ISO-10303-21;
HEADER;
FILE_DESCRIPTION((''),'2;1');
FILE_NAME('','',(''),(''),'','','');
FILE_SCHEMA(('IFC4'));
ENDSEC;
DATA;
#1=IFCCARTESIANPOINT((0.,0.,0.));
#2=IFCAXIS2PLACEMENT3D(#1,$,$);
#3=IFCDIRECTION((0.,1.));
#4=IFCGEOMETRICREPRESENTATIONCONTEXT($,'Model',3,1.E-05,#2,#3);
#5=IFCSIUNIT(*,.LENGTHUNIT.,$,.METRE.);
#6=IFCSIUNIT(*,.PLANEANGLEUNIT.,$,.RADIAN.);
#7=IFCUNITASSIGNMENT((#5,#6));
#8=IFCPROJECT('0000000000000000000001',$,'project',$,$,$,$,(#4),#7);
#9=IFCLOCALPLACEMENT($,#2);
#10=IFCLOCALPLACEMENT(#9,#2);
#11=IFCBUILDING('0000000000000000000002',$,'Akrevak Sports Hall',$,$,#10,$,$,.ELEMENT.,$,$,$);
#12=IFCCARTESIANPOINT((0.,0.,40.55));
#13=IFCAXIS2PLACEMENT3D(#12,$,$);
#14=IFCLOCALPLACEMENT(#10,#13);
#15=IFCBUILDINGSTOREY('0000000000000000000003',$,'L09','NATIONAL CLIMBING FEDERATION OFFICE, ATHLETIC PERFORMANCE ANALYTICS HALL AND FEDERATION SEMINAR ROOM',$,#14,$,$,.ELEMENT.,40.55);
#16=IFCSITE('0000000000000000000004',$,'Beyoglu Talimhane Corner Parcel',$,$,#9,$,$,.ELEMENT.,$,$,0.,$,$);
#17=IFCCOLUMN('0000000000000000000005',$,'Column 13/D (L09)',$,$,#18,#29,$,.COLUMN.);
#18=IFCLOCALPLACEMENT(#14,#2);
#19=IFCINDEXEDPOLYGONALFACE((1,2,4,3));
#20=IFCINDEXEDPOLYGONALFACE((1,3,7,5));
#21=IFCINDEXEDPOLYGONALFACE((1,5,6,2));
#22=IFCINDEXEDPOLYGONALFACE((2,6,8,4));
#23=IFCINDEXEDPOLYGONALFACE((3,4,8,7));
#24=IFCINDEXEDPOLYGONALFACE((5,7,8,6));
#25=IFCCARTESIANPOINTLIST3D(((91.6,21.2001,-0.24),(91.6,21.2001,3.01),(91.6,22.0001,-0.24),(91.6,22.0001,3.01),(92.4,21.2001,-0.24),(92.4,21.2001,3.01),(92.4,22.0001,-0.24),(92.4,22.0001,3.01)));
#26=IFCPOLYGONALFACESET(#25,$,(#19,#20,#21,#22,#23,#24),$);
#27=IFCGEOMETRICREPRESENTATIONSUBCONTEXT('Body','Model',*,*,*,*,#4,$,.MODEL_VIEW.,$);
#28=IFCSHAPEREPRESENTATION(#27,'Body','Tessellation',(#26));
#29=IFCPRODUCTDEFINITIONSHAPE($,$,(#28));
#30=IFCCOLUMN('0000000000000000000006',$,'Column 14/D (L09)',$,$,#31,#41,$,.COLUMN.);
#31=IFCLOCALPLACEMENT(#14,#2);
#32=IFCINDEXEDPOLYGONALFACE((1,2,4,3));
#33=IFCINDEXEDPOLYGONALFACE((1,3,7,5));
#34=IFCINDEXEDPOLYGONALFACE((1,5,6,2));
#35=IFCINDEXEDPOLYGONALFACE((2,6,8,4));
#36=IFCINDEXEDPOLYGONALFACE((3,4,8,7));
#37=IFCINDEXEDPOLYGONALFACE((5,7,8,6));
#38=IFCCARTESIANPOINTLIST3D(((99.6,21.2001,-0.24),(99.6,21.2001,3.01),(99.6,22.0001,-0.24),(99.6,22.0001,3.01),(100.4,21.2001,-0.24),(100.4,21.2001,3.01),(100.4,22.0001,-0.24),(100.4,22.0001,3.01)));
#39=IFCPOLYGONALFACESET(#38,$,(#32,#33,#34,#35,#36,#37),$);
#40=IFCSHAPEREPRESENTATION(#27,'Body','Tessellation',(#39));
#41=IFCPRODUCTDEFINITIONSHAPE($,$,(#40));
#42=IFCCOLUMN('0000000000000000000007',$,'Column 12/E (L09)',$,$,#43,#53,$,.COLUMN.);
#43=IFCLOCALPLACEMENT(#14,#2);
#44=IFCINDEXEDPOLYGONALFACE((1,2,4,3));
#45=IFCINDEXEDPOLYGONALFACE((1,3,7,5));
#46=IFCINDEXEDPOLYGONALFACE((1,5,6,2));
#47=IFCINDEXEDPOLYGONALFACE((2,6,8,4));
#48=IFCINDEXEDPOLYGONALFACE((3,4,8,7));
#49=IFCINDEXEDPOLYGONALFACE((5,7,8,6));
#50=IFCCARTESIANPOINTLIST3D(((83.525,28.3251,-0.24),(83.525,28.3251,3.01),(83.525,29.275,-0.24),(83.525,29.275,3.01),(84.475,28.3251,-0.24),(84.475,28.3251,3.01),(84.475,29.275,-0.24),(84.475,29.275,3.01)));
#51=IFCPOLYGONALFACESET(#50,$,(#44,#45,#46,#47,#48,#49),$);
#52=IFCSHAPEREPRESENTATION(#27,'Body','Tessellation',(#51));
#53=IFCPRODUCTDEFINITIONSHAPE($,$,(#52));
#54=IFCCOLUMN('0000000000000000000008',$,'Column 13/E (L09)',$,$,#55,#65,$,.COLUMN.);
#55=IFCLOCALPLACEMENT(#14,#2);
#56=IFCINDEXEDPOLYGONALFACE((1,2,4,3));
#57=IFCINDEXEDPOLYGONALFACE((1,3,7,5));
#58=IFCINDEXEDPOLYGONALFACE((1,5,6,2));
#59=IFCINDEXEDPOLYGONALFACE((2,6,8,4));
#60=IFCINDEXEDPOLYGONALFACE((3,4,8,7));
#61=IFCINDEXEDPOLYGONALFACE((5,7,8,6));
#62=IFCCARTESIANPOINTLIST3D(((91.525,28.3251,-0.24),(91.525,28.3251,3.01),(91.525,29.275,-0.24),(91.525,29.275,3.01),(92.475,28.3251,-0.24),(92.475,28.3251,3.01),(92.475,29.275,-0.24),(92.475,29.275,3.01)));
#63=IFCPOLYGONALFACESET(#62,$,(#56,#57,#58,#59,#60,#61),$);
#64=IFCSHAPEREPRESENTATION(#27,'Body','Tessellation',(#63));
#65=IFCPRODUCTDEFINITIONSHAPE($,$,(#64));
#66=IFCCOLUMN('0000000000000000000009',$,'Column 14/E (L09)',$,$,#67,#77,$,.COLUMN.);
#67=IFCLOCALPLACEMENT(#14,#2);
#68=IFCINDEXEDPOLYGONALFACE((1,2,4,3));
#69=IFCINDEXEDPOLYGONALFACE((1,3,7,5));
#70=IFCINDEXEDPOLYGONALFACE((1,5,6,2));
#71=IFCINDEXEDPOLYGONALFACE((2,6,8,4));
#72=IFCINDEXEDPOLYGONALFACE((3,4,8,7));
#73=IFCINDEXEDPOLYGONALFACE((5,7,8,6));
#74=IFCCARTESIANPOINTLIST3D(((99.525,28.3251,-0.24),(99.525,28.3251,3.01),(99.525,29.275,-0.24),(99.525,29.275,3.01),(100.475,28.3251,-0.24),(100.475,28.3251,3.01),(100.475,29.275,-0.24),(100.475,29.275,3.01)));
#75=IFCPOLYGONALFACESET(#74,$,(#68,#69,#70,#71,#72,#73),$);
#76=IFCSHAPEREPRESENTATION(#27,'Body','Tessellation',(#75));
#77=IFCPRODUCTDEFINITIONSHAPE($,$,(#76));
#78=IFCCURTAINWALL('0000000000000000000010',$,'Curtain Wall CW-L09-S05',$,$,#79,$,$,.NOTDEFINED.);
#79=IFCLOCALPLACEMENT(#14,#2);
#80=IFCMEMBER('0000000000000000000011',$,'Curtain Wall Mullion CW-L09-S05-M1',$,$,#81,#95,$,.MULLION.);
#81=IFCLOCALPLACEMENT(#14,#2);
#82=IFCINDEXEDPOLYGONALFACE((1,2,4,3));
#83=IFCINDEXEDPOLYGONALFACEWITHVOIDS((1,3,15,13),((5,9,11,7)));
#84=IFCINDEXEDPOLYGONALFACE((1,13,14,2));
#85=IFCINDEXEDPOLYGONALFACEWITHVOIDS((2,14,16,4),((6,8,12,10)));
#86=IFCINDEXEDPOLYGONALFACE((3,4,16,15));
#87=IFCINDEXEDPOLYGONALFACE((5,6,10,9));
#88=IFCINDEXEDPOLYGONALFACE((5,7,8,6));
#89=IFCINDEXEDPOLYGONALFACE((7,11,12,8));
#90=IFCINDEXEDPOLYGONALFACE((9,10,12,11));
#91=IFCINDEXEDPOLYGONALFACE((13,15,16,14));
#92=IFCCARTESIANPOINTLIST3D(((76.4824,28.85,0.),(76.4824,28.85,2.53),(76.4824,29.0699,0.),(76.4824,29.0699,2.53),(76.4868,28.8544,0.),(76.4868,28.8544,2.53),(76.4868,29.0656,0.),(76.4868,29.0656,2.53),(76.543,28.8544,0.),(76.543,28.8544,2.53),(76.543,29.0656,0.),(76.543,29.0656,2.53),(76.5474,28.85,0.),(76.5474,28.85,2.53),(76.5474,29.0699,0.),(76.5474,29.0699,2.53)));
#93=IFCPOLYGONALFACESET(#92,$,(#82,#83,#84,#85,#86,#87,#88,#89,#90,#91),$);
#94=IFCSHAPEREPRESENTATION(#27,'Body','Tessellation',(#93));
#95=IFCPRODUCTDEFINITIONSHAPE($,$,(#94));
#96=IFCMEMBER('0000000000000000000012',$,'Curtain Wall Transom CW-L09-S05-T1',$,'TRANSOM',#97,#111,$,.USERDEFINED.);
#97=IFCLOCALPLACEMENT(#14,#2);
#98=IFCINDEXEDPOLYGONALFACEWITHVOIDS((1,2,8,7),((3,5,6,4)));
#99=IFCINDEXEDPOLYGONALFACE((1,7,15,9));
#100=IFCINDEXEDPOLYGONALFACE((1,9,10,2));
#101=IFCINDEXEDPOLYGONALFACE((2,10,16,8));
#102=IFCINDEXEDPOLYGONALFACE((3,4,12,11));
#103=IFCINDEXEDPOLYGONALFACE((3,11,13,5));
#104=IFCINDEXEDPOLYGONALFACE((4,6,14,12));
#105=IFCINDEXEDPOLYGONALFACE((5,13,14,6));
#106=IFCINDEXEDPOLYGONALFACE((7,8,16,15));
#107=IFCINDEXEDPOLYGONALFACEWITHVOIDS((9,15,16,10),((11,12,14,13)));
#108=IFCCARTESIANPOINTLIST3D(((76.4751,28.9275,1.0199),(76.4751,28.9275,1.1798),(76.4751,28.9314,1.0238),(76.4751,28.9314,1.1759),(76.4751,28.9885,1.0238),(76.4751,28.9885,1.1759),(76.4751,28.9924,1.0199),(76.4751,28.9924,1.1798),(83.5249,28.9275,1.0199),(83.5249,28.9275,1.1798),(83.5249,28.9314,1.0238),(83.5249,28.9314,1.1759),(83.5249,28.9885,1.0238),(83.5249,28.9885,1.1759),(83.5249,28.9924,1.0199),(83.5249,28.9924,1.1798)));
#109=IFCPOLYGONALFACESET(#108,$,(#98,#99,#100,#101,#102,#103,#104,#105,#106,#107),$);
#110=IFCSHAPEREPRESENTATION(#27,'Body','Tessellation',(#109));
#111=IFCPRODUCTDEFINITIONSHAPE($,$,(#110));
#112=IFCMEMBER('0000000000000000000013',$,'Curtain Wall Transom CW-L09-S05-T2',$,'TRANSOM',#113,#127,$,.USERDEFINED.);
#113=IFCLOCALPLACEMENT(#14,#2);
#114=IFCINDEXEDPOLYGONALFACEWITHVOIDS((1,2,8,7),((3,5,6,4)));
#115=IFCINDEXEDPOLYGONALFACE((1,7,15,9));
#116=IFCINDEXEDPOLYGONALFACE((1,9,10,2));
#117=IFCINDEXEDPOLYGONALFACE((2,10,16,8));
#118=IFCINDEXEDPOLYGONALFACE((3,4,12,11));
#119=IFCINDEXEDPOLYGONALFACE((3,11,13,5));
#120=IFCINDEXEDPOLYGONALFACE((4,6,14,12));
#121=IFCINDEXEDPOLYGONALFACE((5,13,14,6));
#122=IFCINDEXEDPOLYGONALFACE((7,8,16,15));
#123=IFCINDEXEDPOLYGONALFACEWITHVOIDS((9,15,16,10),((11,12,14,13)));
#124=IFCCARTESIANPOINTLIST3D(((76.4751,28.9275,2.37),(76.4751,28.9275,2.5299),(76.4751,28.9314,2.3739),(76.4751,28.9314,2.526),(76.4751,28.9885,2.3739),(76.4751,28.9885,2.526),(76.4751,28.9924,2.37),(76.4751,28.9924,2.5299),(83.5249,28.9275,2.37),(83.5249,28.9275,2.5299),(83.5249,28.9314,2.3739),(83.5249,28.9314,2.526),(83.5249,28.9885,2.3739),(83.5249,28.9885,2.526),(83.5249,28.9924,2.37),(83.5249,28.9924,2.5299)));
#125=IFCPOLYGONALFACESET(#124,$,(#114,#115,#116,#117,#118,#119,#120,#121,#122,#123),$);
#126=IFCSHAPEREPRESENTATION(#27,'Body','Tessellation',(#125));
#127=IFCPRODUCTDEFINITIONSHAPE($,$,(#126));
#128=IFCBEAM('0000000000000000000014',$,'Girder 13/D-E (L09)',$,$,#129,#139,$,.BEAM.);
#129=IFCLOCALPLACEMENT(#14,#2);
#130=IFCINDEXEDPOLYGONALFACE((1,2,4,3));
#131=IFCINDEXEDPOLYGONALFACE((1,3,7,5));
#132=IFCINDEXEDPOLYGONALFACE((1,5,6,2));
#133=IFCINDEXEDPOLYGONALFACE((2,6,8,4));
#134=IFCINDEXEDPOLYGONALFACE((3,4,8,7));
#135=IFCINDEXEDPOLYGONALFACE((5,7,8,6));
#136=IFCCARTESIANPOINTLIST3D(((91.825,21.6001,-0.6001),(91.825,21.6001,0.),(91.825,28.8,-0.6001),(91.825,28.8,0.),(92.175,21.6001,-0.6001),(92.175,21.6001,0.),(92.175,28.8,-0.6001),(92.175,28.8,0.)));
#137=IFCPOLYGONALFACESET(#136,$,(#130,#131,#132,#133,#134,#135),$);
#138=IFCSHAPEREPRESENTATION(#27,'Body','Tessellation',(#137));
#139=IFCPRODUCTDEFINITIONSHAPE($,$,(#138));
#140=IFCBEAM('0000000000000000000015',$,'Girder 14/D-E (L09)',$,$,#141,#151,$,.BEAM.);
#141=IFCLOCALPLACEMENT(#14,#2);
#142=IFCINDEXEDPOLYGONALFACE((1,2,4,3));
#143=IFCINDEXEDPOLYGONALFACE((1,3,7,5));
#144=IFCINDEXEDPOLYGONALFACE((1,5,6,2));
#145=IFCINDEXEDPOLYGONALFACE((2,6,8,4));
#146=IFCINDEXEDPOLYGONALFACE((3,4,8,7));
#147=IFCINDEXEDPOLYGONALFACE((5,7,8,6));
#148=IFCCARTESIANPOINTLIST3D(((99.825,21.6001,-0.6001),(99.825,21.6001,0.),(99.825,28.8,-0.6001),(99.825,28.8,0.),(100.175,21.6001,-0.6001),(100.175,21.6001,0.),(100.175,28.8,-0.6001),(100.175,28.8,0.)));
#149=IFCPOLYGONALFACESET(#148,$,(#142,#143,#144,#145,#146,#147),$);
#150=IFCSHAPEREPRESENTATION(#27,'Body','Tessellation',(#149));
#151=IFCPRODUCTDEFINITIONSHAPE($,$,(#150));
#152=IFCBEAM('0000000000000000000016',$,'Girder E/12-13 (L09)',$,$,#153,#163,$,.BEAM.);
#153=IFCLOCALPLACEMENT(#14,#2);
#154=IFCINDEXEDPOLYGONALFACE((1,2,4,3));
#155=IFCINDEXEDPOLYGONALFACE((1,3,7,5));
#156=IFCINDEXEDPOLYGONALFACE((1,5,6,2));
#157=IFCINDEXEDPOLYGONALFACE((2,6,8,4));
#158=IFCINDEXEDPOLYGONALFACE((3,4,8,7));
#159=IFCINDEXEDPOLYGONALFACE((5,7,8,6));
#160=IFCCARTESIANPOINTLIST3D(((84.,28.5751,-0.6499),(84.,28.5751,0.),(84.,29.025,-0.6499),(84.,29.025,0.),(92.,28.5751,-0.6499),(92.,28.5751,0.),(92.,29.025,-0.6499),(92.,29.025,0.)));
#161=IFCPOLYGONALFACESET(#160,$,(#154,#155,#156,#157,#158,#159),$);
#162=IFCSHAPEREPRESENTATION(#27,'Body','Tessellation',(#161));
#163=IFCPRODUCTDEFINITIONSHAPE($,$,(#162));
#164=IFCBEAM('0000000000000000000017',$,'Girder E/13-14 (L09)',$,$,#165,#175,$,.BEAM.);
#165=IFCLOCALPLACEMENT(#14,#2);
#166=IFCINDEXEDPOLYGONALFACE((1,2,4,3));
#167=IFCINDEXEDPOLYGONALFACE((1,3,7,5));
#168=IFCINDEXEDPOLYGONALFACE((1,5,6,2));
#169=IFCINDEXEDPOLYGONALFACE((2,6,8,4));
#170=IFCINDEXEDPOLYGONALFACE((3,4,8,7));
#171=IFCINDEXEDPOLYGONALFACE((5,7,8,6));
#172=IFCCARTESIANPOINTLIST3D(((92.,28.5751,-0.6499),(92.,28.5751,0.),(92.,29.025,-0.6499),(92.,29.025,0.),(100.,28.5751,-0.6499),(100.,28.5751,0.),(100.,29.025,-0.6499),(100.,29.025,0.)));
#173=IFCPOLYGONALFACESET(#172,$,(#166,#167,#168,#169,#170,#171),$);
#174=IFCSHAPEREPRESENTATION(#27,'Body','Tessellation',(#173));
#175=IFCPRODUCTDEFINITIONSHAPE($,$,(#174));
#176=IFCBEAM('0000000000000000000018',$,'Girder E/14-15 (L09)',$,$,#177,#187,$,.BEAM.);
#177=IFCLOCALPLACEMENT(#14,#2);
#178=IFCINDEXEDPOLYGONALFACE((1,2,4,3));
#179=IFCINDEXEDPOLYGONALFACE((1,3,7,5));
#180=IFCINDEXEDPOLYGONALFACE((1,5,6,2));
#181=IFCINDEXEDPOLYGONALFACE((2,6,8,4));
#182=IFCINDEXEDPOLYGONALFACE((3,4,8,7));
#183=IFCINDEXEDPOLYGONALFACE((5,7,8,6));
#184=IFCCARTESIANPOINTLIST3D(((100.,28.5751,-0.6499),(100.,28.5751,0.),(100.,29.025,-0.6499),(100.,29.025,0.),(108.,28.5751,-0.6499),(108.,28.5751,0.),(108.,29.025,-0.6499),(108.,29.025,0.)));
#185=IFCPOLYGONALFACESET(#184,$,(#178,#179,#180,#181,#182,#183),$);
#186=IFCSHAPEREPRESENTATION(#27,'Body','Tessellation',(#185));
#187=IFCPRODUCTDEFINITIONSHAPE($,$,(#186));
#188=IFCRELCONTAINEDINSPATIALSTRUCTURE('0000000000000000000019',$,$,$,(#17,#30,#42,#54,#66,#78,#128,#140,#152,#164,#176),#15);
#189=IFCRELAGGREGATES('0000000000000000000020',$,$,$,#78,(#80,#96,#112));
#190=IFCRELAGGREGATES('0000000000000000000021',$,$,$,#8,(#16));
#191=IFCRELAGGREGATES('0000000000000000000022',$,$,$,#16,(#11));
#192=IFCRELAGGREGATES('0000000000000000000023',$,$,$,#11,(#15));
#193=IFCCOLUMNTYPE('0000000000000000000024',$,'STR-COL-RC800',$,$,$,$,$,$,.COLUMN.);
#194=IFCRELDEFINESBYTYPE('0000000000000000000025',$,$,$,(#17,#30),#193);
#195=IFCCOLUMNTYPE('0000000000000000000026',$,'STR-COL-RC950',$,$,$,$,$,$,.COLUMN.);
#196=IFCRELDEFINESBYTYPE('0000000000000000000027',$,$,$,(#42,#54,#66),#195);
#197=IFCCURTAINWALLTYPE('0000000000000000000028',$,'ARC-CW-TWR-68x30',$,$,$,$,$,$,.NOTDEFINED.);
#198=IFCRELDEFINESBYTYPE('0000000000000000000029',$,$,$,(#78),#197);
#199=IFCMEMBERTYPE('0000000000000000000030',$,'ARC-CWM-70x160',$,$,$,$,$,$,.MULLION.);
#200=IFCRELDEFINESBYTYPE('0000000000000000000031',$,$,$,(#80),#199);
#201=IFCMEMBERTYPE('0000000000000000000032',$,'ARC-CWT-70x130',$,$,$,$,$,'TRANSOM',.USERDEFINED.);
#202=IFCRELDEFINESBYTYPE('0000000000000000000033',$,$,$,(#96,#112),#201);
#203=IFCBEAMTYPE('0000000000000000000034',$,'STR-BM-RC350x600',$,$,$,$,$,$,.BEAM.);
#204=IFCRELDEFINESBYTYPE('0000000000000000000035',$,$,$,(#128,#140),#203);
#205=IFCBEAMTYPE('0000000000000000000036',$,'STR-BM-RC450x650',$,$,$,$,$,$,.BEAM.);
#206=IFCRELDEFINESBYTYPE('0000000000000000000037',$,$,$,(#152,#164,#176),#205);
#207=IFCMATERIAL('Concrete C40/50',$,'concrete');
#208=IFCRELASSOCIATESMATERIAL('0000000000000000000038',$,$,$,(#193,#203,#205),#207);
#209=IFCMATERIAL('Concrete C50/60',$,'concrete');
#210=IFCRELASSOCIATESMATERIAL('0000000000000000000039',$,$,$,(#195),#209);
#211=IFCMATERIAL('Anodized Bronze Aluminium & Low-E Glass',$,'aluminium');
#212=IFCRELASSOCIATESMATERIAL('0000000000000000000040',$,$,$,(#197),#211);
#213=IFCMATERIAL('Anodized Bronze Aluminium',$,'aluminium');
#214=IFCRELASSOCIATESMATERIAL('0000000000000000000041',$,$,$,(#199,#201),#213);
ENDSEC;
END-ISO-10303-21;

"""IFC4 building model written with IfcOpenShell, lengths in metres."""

from ifc_helpers import new_model, si_unit, direction, frame, origin, origin_2d, place, context, subcontext, project, spatial, rectangle, hollow_rectangle, extrude, material, material_profile, profile_set, type_object, element, aggregate, save


model = new_model("IFC4")

# Units and contexts
model_context = context("Model", 3, precision=1e-05, world=origin(), true_north=direction((0.0, 1.0)))
body_context = subcontext(model_context, "Body", "Model", "MODEL_VIEW")
ifc_project = project(units=[si_unit("LENGTHUNIT", "METRE"), si_unit("PLANEANGLEUNIT", "RADIAN")], contexts=[model_context])

# Site, building, storey
site_placement = place(None, origin())
site = spatial("IfcSite", under=ifc_project, at=site_placement, Name="Beyoglu Talimhane Corner Parcel", CompositionType="ELEMENT", RefElevation=0.0)
building_placement = place(site_placement, origin())
building = spatial("IfcBuilding", under=site, at=building_placement, Name="Akrevak Sports Hall", CompositionType="ELEMENT")
storey_placement = place(building_placement, frame((0.0, 0.0, 40.55)))
storey = spatial("IfcBuildingStorey", under=building, at=storey_placement, Name="L09", Description="NATIONAL CLIMBING FEDERATION OFFICE, ATHLETIC PERFORMANCE ANALYTICS HALL AND FEDERATION SEMINAR ROOM", CompositionType="ELEMENT", Elevation=40.55)

# Columns
ifc_material_1 = material(Name="Concrete C40/50", Category="concrete")
ifc_material_profile_1 = material_profile(ifc_material_1, rectangle(XDim=0.8, YDim=0.8, at=origin_2d()), Name="RC 800x800", Category="concrete")
ifc_profile_set_1 = profile_set([ifc_material_profile_1], Name="Concrete C40/50")
column_type_1 = type_object("IfcColumnType", Name="STR-COL-RC800", PredefinedType="COLUMN", material=ifc_profile_set_1)
for number, where, z_axis, x_axis, name in (
    (1, (92.0, 21.6001, -0.24), (0.0, 0.0, 1.0), (1.0, 0.0, 0.0), "Column 13/D (L09)"),
    (2, (100.0, 21.6001, -0.24), (0.0, 0.0, 1.0), (1.0, 0.0, 0.0), "Column 14/D (L09)"),
):
    element("IfcColumn", number, at=place(storey_placement, frame(where, z_axis=z_axis, x_axis=x_axis)), inside=storey, type_object=column_type_1, Name=name, PredefinedType="COLUMN", context=body_context, shape_type="SweptSolid", body=[
        extrude(rectangle(XDim=0.8, YDim=0.8, at=origin_2d()), origin(), (0.0, 0.0, 1.0), 3.25),
    ])
ifc_material_2 = material(Name="Concrete C50/60", Category="concrete")
ifc_material_profile_2 = material_profile(ifc_material_2, rectangle(XDim=0.95, YDim=0.95, at=origin_2d()), Name="RC 950x950", Category="concrete")
ifc_profile_set_2 = profile_set([ifc_material_profile_2], Name="Concrete C50/60")
column_type_2 = type_object("IfcColumnType", Name="STR-COL-RC950", PredefinedType="COLUMN", material=ifc_profile_set_2)
for number, where, z_axis, x_axis, name in (
    (3, (84.0, 28.8, -0.24), (0.0, 0.0, 1.0), (1.0, 0.0, 0.0), "Column 12/E (L09)"),
    (4, (92.0, 28.8, -0.24), (0.0, 0.0, 1.0), (1.0, 0.0, 0.0), "Column 13/E (L09)"),
    (5, (100.0, 28.8, -0.24), (0.0, 0.0, 1.0), (1.0, 0.0, 0.0), "Column 14/E (L09)"),
):
    element("IfcColumn", number, at=place(storey_placement, frame(where, z_axis=z_axis, x_axis=x_axis)), inside=storey, type_object=column_type_2, Name=name, PredefinedType="COLUMN", context=body_context, shape_type="SweptSolid", body=[
        extrude(rectangle(XDim=0.95, YDim=0.95, at=origin_2d()), origin(), (0.0, 0.0, 1.0), 3.25),
    ])

# Curtain wall, members
ifc_material_3 = material(Name="Anodized Bronze Aluminium & Low-E Glass", Category="aluminium")
curtain_wall_type = type_object("IfcCurtainWallType", Name="ARC-CW-TWR-68x30", PredefinedType="NOTDEFINED", material=ifc_material_3)
curtain_wall_placement = place(storey_placement, origin())
curtain_wall = element("IfcCurtainWall", 6, at=curtain_wall_placement, inside=storey, type_object=curtain_wall_type, Name="Curtain Wall CW-L09-S05", PredefinedType="NOTDEFINED")
ifc_material_4 = material(Name="Anodized Bronze Aluminium", Category="aluminium")
ifc_material_profile_3 = material_profile(ifc_material_4, hollow_rectangle(XDim=0.0649, YDim=0.22, WallThickness=0.0044, at=origin_2d()), Name="CWM 65x220", Category="aluminium")
ifc_profile_set_3 = profile_set([ifc_material_profile_3], Name="Anodized Bronze Aluminium")
member_type_1 = type_object("IfcMemberType", Name="ARC-CWM-70x160", PredefinedType="MULLION", material=ifc_profile_set_3)
member_1_placement = place(storey_placement, frame((76.5149, 28.96, 0.0), z_axis=(0.0, 0.0, 1.0), x_axis=(1.0, 0.0, 0.0)))
member_1 = element("IfcMember", 7, at=member_1_placement, type_object=member_type_1, Name="Curtain Wall Mullion CW-L09-S05-M1", PredefinedType="MULLION", context=body_context, shape_type="SweptSolid", body=[
    extrude(hollow_rectangle(XDim=0.0649, YDim=0.22, WallThickness=0.0044, at=origin_2d()), origin(), (0.0, 0.0, 1.0), 2.53),
])
ifc_material_profile_4 = material_profile(ifc_material_4, hollow_rectangle(XDim=0.0649, YDim=0.1599, WallThickness=0.0039, at=origin_2d()), Name="CWT 65x160", Category="aluminium")
ifc_profile_set_4 = profile_set([ifc_material_profile_4], Name="Anodized Bronze Aluminium")
member_type_2 = type_object("IfcMemberType", Name="ARC-CWT-70x130", ElementType="TRANSOM", PredefinedType="USERDEFINED", material=ifc_profile_set_4)
member_2_placement = place(storey_placement, frame((76.4751, 28.96, 1.0999), z_axis=(1.0, 0.0, 0.0), x_axis=(0.0, 1.0, 0.0)))
member_2 = element("IfcMember", 8, at=member_2_placement, type_object=member_type_2, Name="Curtain Wall Transom CW-L09-S05-T1", ObjectType="TRANSOM", PredefinedType="USERDEFINED", context=body_context, shape_type="SweptSolid", body=[
    extrude(hollow_rectangle(XDim=0.0649, YDim=0.1599, WallThickness=0.0039, at=origin_2d()), origin(), (0.0, 0.0, 1.0), 7.0498),
])
member_3_placement = place(storey_placement, frame((76.4751, 28.96, 2.45), z_axis=(1.0, 0.0, 0.0), x_axis=(0.0, 1.0, 0.0)))
member_3 = element("IfcMember", 9, at=member_3_placement, type_object=member_type_2, Name="Curtain Wall Transom CW-L09-S05-T2", ObjectType="TRANSOM", PredefinedType="USERDEFINED", context=body_context, shape_type="SweptSolid", body=[
    extrude(hollow_rectangle(XDim=0.0649, YDim=0.1599, WallThickness=0.0039, at=origin_2d()), origin(), (0.0, 0.0, 1.0), 7.0498),
])

# Beams
ifc_material_profile_5 = material_profile(ifc_material_1, rectangle(XDim=0.3501, YDim=0.6001, at=origin_2d()), Name="BM 350x600", Category="concrete")
ifc_profile_set_5 = profile_set([ifc_material_profile_5], Name="Concrete C40/50")
beam_type_1 = type_object("IfcBeamType", Name="STR-BM-RC350x600", PredefinedType="BEAM", material=ifc_profile_set_5)
for number, where, z_axis, x_axis, name in (
    (10, (92.0, 21.6001, -0.3), (0.0, 1.0, 0.0), (-1.0, 0.0, 0.0), "Girder 13/D-E (L09)"),
    (11, (100.0, 21.6001, -0.3), (0.0, 1.0, 0.0), (-1.0, 0.0, 0.0), "Girder 14/D-E (L09)"),
):
    element("IfcBeam", number, at=place(storey_placement, frame(where, z_axis=z_axis, x_axis=x_axis)), inside=storey, type_object=beam_type_1, Name=name, PredefinedType="BEAM", context=body_context, shape_type="SweptSolid", body=[
        extrude(rectangle(XDim=0.3501, YDim=0.6001, at=origin_2d()), origin(), (0.0, 0.0, 1.0), 7.2),
    ])
ifc_material_profile_6 = material_profile(ifc_material_1, rectangle(XDim=0.45, YDim=0.6499, at=origin_2d()), Name="BM 450x650", Category="concrete")
ifc_profile_set_6 = profile_set([ifc_material_profile_6], Name="Concrete C40/50")
beam_type_2 = type_object("IfcBeamType", Name="STR-BM-RC450x650", PredefinedType="BEAM", material=ifc_profile_set_6)
for number, where, z_axis, x_axis, name in (
    (12, (84.0, 28.8, -0.325), (1.0, 0.0, 0.0), (0.0, 1.0, 0.0), "Girder E/12-13 (L09)"),
    (13, (92.0, 28.8, -0.325), (1.0, 0.0, 0.0), (0.0, 1.0, 0.0), "Girder E/13-14 (L09)"),
    (14, (100.0, 28.8, -0.325), (1.0, 0.0, 0.0), (0.0, 1.0, 0.0), "Girder E/14-15 (L09)"),
):
    element("IfcBeam", number, at=place(storey_placement, frame(where, z_axis=z_axis, x_axis=x_axis)), inside=storey, type_object=beam_type_2, Name=name, PredefinedType="BEAM", context=body_context, shape_type="SweptSolid", body=[
        extrude(rectangle(XDim=0.45, YDim=0.6499, at=origin_2d()), origin(), (0.0, 0.0, 1.0), 8.0),
    ])

aggregate(curtain_wall, [member_1, member_2, member_3])

save(model, "model.ifc")
